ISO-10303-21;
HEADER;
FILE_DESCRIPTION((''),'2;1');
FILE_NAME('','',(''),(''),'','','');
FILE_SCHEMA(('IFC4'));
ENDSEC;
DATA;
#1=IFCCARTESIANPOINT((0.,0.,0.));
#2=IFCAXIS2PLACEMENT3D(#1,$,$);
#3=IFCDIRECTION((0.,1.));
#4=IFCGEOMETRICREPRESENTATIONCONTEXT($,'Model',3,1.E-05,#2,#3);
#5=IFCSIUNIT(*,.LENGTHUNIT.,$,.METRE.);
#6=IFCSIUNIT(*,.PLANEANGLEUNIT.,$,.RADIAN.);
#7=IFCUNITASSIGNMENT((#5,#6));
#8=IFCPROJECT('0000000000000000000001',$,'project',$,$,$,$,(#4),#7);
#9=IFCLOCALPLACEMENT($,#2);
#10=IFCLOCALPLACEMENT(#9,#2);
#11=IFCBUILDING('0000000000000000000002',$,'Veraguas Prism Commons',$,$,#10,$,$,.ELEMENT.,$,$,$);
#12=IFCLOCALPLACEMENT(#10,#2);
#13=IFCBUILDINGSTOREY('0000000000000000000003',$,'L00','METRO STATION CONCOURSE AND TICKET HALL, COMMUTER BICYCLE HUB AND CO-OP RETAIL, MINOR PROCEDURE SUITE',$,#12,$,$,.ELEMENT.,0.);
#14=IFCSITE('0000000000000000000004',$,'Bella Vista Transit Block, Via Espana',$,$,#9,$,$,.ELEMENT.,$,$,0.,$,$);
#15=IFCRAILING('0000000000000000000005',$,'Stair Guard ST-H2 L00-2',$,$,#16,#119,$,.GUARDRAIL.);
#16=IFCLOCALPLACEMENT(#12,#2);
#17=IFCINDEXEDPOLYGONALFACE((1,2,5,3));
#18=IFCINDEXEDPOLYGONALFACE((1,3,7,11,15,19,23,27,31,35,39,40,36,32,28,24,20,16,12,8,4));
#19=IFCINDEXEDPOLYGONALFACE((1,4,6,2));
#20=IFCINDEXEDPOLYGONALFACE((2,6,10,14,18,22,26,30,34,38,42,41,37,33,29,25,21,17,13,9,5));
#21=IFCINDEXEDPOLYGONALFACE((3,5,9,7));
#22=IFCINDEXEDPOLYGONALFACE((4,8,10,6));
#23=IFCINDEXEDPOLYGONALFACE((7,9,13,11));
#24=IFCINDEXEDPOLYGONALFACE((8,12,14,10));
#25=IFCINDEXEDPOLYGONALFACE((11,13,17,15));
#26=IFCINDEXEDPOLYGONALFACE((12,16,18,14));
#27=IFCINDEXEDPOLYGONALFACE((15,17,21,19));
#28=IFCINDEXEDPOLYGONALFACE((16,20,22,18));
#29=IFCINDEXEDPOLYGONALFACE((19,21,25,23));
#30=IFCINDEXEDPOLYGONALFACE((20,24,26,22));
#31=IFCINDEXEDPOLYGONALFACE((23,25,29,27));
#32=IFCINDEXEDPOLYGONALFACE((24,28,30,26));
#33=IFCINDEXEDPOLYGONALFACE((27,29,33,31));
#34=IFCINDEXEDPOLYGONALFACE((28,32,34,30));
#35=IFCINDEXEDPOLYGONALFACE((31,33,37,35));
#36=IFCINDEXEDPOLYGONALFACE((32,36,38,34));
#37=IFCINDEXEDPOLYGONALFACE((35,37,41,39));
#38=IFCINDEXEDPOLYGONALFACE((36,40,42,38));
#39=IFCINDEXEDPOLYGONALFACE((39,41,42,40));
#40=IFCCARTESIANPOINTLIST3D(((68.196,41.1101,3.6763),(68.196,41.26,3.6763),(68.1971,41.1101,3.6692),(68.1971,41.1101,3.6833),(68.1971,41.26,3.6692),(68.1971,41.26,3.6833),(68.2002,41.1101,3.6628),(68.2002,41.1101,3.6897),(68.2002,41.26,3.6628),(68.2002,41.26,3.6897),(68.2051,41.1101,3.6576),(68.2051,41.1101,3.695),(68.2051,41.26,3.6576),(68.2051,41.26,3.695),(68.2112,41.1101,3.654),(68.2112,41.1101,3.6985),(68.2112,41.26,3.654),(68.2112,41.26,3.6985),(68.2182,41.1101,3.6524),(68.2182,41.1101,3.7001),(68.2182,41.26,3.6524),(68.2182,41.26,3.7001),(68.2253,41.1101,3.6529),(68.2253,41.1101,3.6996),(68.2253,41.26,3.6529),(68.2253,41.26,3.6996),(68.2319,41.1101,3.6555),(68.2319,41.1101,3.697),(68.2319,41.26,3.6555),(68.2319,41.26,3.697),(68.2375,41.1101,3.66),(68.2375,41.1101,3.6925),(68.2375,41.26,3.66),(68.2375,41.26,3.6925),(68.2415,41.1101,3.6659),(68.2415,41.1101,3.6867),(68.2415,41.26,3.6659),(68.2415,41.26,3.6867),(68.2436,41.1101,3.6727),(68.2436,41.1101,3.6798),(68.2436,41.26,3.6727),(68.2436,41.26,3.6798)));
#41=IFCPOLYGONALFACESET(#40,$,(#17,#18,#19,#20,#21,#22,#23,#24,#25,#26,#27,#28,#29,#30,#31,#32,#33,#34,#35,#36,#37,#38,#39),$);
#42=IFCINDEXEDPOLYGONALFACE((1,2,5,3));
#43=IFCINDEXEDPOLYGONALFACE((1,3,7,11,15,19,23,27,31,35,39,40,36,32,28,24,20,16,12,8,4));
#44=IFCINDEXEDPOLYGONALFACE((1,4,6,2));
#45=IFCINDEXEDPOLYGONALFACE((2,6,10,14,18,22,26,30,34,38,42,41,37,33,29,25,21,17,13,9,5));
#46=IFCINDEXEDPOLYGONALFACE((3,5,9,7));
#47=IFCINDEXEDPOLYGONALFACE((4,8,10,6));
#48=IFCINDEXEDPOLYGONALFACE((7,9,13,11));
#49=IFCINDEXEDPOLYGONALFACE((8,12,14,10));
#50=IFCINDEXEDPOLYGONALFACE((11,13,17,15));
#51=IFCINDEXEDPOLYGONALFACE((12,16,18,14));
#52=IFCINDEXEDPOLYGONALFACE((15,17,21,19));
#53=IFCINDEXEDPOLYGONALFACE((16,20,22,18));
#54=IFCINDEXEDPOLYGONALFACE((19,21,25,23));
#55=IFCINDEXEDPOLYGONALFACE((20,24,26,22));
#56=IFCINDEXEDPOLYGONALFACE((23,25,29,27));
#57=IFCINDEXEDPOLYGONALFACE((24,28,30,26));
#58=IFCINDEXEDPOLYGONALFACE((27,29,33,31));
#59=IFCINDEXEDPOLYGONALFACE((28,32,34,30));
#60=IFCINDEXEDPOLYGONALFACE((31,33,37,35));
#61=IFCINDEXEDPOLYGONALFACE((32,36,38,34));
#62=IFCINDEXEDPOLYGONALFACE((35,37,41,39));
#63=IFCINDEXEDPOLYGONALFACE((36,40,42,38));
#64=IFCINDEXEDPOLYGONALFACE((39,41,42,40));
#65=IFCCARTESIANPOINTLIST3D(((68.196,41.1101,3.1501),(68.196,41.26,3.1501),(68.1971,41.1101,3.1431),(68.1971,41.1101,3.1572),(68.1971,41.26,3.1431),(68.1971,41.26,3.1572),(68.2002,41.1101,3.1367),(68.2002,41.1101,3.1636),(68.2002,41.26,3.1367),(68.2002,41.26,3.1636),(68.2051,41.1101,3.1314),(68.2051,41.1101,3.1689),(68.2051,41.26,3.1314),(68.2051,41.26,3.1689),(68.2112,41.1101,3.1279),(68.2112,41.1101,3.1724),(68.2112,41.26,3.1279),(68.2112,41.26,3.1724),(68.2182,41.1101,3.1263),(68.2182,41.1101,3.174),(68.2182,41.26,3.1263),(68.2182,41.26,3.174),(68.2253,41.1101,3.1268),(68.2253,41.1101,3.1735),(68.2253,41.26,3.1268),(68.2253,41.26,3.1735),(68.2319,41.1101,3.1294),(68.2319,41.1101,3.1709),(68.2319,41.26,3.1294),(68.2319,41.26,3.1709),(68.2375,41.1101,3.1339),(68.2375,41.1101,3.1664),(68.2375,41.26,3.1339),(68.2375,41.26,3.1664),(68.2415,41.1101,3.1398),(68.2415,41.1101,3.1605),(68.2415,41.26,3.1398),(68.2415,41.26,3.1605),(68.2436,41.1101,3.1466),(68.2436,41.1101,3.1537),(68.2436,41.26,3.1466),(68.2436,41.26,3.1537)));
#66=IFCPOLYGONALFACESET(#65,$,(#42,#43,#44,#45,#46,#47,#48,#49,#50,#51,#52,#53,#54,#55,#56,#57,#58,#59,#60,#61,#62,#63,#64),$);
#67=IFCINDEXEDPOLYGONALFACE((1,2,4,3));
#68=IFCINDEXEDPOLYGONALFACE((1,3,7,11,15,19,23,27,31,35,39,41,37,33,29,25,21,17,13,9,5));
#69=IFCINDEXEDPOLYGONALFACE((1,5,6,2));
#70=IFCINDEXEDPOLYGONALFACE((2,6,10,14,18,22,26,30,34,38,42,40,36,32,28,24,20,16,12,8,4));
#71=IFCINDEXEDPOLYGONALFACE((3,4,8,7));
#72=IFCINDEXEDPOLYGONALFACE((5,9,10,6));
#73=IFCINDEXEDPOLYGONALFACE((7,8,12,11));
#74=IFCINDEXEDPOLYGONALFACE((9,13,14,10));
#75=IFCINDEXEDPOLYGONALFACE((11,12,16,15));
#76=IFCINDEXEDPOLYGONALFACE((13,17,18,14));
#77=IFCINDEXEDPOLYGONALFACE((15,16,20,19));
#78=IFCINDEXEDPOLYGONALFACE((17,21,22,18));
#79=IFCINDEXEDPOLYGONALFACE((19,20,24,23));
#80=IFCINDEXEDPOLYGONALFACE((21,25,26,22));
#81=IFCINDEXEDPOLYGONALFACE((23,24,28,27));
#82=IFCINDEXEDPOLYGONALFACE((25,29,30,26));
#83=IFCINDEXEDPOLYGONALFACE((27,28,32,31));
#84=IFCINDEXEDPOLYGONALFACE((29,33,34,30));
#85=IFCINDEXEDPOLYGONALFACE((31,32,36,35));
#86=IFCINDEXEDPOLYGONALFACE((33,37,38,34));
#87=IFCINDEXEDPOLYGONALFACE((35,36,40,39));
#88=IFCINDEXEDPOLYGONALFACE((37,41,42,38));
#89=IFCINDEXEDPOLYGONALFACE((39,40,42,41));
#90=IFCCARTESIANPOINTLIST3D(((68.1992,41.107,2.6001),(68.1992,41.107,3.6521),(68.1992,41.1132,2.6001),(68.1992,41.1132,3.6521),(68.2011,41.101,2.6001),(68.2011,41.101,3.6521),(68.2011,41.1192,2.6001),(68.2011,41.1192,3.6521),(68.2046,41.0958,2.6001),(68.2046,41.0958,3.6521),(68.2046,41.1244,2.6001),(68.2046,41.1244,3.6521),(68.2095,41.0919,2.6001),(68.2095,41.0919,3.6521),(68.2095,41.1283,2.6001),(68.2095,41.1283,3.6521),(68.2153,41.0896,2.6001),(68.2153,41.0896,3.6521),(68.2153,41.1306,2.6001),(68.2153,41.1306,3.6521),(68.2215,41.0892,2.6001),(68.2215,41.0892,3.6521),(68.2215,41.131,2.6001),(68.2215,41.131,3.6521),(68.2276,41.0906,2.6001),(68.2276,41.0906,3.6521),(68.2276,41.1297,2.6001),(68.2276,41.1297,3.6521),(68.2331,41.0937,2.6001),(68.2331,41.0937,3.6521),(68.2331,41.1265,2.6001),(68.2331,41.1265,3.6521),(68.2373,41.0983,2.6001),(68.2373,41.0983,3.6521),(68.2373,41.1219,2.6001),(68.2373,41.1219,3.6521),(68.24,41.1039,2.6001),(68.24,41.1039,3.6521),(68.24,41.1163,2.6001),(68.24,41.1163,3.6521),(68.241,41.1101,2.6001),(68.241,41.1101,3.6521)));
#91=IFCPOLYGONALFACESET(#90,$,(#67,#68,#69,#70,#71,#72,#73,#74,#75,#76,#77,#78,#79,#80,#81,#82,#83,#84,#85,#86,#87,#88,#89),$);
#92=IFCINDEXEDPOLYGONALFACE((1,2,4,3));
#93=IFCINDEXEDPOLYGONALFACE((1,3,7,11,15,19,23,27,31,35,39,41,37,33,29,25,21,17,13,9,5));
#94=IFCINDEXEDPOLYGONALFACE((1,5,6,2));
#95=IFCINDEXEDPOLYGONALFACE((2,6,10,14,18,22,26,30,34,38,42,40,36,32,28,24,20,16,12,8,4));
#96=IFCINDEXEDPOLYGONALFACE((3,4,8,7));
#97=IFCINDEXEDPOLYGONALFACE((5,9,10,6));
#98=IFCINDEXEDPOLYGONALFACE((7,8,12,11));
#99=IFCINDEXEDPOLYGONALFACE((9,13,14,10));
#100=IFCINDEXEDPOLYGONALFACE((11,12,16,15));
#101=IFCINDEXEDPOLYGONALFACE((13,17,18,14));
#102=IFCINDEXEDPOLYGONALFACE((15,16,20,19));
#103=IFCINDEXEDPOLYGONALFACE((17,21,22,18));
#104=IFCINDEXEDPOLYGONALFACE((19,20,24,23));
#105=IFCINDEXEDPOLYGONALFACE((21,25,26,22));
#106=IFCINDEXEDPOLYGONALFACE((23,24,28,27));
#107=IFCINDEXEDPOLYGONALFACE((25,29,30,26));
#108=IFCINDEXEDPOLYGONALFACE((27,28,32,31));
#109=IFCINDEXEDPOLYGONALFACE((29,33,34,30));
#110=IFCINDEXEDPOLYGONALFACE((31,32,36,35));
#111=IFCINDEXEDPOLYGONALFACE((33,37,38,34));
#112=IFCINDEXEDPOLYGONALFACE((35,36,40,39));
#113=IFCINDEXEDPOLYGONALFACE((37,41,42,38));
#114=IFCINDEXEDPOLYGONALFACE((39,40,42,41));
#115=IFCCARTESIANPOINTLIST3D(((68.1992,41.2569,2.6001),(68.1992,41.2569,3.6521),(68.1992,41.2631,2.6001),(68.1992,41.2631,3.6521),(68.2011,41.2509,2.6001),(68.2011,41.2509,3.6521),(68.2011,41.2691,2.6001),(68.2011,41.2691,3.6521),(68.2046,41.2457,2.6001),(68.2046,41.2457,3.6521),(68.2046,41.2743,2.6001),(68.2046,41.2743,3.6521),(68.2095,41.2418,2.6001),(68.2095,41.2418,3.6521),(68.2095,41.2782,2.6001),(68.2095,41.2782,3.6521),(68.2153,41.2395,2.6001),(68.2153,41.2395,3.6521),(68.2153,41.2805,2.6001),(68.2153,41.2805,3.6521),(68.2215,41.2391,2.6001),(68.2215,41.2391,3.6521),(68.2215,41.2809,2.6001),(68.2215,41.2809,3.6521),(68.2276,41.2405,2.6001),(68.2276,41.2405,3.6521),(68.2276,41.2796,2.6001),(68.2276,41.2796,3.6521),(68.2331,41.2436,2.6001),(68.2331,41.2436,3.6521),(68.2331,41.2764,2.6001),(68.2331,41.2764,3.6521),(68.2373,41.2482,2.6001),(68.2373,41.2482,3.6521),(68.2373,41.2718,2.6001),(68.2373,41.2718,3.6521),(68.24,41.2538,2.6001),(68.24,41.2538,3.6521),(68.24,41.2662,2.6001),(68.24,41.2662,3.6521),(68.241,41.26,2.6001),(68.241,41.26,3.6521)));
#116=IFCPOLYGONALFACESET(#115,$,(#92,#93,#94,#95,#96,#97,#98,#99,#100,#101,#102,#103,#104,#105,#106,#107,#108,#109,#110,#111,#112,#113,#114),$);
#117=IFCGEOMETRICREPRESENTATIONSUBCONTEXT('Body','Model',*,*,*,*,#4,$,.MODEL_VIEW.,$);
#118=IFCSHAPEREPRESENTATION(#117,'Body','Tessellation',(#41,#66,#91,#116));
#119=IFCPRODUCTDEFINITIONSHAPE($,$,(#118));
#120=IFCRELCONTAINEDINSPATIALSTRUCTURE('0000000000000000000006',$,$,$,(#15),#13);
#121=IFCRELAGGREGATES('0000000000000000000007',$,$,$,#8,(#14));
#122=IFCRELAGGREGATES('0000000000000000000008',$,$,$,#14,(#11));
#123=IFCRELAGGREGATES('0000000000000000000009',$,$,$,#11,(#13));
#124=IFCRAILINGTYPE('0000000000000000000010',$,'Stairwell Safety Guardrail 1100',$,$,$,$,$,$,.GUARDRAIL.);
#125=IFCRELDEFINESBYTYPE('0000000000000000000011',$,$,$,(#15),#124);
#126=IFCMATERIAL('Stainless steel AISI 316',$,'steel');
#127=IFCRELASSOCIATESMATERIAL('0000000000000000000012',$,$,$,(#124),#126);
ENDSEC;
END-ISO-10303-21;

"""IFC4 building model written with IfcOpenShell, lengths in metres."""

from ifc_helpers import new_model, si_unit, direction, frame, origin, origin_2d, place, context, subcontext, project, spatial, circle, extrude, material, type_object, element, save


model = new_model("IFC4")

# Units and contexts
model_context = context("Model", 3, precision=1e-05, world=origin(), true_north=direction((0.0, 1.0)))
body_context = subcontext(model_context, "Body", "Model", "MODEL_VIEW")
ifc_project = project(units=[si_unit("LENGTHUNIT", "METRE"), si_unit("PLANEANGLEUNIT", "RADIAN")], contexts=[model_context])

# Site, building, storey
site_placement = place(None, origin())
site = spatial("IfcSite", under=ifc_project, at=site_placement, Name="Bella Vista Transit Block, Via Espana", CompositionType="ELEMENT", RefElevation=0.0)
building_placement = place(site_placement, origin())
building = spatial("IfcBuilding", under=site, at=building_placement, Name="Veraguas Prism Commons", CompositionType="ELEMENT")
storey_placement = place(building_placement, origin())
storey = spatial("IfcBuildingStorey", under=building, at=storey_placement, Name="L00", Description="METRO STATION CONCOURSE AND TICKET HALL, COMMUTER BICYCLE HUB AND CO-OP RETAIL, MINOR PROCEDURE SUITE", CompositionType="ELEMENT", Elevation=0.0)

# Railing
ifc_material_1 = material(Name="Stainless steel AISI 316", Category="steel")
railing_type_1 = type_object("IfcRailingType", Name="Stairwell Safety Guardrail 1100", PredefinedType="GUARDRAIL", material=ifc_material_1)
railing_1_placement = place(storey_placement, frame((68.22, 41.1101, 2.6001)))
element("IfcRailing", 1, at=railing_1_placement, inside=storey, type_object=railing_type_1, Name="Stair Guard ST-H2 L00-2", PredefinedType="GUARDRAIL", context=body_context, shape_type="SweptSolid", body=[
    extrude(circle(Radius=0.0239, at=origin_2d()), frame((0.0, 0.0, 1.0762), z_axis=(0.0, 1.0, 0.0), x_axis=(-1.0, 0.0, 0.0)), (0.0, 0.0, 1.0), 0.1499),
    extrude(circle(Radius=0.0239, at=origin_2d()), frame((0.0, 0.0, 0.55), z_axis=(0.0, 1.0, 0.0), x_axis=(-1.0, 0.0, 0.0)), (0.0, 0.0, 1.0), 0.1499),
    extrude(circle(Radius=0.021, at=origin_2d()), origin(), (0.0, 0.0, 1.0), 1.052),
    extrude(circle(Radius=0.021, at=origin_2d()), frame((0.0, 0.1499, 0.0)), (0.0, 0.0, 1.0), 1.052),
])

save(model, "model.ifc")
